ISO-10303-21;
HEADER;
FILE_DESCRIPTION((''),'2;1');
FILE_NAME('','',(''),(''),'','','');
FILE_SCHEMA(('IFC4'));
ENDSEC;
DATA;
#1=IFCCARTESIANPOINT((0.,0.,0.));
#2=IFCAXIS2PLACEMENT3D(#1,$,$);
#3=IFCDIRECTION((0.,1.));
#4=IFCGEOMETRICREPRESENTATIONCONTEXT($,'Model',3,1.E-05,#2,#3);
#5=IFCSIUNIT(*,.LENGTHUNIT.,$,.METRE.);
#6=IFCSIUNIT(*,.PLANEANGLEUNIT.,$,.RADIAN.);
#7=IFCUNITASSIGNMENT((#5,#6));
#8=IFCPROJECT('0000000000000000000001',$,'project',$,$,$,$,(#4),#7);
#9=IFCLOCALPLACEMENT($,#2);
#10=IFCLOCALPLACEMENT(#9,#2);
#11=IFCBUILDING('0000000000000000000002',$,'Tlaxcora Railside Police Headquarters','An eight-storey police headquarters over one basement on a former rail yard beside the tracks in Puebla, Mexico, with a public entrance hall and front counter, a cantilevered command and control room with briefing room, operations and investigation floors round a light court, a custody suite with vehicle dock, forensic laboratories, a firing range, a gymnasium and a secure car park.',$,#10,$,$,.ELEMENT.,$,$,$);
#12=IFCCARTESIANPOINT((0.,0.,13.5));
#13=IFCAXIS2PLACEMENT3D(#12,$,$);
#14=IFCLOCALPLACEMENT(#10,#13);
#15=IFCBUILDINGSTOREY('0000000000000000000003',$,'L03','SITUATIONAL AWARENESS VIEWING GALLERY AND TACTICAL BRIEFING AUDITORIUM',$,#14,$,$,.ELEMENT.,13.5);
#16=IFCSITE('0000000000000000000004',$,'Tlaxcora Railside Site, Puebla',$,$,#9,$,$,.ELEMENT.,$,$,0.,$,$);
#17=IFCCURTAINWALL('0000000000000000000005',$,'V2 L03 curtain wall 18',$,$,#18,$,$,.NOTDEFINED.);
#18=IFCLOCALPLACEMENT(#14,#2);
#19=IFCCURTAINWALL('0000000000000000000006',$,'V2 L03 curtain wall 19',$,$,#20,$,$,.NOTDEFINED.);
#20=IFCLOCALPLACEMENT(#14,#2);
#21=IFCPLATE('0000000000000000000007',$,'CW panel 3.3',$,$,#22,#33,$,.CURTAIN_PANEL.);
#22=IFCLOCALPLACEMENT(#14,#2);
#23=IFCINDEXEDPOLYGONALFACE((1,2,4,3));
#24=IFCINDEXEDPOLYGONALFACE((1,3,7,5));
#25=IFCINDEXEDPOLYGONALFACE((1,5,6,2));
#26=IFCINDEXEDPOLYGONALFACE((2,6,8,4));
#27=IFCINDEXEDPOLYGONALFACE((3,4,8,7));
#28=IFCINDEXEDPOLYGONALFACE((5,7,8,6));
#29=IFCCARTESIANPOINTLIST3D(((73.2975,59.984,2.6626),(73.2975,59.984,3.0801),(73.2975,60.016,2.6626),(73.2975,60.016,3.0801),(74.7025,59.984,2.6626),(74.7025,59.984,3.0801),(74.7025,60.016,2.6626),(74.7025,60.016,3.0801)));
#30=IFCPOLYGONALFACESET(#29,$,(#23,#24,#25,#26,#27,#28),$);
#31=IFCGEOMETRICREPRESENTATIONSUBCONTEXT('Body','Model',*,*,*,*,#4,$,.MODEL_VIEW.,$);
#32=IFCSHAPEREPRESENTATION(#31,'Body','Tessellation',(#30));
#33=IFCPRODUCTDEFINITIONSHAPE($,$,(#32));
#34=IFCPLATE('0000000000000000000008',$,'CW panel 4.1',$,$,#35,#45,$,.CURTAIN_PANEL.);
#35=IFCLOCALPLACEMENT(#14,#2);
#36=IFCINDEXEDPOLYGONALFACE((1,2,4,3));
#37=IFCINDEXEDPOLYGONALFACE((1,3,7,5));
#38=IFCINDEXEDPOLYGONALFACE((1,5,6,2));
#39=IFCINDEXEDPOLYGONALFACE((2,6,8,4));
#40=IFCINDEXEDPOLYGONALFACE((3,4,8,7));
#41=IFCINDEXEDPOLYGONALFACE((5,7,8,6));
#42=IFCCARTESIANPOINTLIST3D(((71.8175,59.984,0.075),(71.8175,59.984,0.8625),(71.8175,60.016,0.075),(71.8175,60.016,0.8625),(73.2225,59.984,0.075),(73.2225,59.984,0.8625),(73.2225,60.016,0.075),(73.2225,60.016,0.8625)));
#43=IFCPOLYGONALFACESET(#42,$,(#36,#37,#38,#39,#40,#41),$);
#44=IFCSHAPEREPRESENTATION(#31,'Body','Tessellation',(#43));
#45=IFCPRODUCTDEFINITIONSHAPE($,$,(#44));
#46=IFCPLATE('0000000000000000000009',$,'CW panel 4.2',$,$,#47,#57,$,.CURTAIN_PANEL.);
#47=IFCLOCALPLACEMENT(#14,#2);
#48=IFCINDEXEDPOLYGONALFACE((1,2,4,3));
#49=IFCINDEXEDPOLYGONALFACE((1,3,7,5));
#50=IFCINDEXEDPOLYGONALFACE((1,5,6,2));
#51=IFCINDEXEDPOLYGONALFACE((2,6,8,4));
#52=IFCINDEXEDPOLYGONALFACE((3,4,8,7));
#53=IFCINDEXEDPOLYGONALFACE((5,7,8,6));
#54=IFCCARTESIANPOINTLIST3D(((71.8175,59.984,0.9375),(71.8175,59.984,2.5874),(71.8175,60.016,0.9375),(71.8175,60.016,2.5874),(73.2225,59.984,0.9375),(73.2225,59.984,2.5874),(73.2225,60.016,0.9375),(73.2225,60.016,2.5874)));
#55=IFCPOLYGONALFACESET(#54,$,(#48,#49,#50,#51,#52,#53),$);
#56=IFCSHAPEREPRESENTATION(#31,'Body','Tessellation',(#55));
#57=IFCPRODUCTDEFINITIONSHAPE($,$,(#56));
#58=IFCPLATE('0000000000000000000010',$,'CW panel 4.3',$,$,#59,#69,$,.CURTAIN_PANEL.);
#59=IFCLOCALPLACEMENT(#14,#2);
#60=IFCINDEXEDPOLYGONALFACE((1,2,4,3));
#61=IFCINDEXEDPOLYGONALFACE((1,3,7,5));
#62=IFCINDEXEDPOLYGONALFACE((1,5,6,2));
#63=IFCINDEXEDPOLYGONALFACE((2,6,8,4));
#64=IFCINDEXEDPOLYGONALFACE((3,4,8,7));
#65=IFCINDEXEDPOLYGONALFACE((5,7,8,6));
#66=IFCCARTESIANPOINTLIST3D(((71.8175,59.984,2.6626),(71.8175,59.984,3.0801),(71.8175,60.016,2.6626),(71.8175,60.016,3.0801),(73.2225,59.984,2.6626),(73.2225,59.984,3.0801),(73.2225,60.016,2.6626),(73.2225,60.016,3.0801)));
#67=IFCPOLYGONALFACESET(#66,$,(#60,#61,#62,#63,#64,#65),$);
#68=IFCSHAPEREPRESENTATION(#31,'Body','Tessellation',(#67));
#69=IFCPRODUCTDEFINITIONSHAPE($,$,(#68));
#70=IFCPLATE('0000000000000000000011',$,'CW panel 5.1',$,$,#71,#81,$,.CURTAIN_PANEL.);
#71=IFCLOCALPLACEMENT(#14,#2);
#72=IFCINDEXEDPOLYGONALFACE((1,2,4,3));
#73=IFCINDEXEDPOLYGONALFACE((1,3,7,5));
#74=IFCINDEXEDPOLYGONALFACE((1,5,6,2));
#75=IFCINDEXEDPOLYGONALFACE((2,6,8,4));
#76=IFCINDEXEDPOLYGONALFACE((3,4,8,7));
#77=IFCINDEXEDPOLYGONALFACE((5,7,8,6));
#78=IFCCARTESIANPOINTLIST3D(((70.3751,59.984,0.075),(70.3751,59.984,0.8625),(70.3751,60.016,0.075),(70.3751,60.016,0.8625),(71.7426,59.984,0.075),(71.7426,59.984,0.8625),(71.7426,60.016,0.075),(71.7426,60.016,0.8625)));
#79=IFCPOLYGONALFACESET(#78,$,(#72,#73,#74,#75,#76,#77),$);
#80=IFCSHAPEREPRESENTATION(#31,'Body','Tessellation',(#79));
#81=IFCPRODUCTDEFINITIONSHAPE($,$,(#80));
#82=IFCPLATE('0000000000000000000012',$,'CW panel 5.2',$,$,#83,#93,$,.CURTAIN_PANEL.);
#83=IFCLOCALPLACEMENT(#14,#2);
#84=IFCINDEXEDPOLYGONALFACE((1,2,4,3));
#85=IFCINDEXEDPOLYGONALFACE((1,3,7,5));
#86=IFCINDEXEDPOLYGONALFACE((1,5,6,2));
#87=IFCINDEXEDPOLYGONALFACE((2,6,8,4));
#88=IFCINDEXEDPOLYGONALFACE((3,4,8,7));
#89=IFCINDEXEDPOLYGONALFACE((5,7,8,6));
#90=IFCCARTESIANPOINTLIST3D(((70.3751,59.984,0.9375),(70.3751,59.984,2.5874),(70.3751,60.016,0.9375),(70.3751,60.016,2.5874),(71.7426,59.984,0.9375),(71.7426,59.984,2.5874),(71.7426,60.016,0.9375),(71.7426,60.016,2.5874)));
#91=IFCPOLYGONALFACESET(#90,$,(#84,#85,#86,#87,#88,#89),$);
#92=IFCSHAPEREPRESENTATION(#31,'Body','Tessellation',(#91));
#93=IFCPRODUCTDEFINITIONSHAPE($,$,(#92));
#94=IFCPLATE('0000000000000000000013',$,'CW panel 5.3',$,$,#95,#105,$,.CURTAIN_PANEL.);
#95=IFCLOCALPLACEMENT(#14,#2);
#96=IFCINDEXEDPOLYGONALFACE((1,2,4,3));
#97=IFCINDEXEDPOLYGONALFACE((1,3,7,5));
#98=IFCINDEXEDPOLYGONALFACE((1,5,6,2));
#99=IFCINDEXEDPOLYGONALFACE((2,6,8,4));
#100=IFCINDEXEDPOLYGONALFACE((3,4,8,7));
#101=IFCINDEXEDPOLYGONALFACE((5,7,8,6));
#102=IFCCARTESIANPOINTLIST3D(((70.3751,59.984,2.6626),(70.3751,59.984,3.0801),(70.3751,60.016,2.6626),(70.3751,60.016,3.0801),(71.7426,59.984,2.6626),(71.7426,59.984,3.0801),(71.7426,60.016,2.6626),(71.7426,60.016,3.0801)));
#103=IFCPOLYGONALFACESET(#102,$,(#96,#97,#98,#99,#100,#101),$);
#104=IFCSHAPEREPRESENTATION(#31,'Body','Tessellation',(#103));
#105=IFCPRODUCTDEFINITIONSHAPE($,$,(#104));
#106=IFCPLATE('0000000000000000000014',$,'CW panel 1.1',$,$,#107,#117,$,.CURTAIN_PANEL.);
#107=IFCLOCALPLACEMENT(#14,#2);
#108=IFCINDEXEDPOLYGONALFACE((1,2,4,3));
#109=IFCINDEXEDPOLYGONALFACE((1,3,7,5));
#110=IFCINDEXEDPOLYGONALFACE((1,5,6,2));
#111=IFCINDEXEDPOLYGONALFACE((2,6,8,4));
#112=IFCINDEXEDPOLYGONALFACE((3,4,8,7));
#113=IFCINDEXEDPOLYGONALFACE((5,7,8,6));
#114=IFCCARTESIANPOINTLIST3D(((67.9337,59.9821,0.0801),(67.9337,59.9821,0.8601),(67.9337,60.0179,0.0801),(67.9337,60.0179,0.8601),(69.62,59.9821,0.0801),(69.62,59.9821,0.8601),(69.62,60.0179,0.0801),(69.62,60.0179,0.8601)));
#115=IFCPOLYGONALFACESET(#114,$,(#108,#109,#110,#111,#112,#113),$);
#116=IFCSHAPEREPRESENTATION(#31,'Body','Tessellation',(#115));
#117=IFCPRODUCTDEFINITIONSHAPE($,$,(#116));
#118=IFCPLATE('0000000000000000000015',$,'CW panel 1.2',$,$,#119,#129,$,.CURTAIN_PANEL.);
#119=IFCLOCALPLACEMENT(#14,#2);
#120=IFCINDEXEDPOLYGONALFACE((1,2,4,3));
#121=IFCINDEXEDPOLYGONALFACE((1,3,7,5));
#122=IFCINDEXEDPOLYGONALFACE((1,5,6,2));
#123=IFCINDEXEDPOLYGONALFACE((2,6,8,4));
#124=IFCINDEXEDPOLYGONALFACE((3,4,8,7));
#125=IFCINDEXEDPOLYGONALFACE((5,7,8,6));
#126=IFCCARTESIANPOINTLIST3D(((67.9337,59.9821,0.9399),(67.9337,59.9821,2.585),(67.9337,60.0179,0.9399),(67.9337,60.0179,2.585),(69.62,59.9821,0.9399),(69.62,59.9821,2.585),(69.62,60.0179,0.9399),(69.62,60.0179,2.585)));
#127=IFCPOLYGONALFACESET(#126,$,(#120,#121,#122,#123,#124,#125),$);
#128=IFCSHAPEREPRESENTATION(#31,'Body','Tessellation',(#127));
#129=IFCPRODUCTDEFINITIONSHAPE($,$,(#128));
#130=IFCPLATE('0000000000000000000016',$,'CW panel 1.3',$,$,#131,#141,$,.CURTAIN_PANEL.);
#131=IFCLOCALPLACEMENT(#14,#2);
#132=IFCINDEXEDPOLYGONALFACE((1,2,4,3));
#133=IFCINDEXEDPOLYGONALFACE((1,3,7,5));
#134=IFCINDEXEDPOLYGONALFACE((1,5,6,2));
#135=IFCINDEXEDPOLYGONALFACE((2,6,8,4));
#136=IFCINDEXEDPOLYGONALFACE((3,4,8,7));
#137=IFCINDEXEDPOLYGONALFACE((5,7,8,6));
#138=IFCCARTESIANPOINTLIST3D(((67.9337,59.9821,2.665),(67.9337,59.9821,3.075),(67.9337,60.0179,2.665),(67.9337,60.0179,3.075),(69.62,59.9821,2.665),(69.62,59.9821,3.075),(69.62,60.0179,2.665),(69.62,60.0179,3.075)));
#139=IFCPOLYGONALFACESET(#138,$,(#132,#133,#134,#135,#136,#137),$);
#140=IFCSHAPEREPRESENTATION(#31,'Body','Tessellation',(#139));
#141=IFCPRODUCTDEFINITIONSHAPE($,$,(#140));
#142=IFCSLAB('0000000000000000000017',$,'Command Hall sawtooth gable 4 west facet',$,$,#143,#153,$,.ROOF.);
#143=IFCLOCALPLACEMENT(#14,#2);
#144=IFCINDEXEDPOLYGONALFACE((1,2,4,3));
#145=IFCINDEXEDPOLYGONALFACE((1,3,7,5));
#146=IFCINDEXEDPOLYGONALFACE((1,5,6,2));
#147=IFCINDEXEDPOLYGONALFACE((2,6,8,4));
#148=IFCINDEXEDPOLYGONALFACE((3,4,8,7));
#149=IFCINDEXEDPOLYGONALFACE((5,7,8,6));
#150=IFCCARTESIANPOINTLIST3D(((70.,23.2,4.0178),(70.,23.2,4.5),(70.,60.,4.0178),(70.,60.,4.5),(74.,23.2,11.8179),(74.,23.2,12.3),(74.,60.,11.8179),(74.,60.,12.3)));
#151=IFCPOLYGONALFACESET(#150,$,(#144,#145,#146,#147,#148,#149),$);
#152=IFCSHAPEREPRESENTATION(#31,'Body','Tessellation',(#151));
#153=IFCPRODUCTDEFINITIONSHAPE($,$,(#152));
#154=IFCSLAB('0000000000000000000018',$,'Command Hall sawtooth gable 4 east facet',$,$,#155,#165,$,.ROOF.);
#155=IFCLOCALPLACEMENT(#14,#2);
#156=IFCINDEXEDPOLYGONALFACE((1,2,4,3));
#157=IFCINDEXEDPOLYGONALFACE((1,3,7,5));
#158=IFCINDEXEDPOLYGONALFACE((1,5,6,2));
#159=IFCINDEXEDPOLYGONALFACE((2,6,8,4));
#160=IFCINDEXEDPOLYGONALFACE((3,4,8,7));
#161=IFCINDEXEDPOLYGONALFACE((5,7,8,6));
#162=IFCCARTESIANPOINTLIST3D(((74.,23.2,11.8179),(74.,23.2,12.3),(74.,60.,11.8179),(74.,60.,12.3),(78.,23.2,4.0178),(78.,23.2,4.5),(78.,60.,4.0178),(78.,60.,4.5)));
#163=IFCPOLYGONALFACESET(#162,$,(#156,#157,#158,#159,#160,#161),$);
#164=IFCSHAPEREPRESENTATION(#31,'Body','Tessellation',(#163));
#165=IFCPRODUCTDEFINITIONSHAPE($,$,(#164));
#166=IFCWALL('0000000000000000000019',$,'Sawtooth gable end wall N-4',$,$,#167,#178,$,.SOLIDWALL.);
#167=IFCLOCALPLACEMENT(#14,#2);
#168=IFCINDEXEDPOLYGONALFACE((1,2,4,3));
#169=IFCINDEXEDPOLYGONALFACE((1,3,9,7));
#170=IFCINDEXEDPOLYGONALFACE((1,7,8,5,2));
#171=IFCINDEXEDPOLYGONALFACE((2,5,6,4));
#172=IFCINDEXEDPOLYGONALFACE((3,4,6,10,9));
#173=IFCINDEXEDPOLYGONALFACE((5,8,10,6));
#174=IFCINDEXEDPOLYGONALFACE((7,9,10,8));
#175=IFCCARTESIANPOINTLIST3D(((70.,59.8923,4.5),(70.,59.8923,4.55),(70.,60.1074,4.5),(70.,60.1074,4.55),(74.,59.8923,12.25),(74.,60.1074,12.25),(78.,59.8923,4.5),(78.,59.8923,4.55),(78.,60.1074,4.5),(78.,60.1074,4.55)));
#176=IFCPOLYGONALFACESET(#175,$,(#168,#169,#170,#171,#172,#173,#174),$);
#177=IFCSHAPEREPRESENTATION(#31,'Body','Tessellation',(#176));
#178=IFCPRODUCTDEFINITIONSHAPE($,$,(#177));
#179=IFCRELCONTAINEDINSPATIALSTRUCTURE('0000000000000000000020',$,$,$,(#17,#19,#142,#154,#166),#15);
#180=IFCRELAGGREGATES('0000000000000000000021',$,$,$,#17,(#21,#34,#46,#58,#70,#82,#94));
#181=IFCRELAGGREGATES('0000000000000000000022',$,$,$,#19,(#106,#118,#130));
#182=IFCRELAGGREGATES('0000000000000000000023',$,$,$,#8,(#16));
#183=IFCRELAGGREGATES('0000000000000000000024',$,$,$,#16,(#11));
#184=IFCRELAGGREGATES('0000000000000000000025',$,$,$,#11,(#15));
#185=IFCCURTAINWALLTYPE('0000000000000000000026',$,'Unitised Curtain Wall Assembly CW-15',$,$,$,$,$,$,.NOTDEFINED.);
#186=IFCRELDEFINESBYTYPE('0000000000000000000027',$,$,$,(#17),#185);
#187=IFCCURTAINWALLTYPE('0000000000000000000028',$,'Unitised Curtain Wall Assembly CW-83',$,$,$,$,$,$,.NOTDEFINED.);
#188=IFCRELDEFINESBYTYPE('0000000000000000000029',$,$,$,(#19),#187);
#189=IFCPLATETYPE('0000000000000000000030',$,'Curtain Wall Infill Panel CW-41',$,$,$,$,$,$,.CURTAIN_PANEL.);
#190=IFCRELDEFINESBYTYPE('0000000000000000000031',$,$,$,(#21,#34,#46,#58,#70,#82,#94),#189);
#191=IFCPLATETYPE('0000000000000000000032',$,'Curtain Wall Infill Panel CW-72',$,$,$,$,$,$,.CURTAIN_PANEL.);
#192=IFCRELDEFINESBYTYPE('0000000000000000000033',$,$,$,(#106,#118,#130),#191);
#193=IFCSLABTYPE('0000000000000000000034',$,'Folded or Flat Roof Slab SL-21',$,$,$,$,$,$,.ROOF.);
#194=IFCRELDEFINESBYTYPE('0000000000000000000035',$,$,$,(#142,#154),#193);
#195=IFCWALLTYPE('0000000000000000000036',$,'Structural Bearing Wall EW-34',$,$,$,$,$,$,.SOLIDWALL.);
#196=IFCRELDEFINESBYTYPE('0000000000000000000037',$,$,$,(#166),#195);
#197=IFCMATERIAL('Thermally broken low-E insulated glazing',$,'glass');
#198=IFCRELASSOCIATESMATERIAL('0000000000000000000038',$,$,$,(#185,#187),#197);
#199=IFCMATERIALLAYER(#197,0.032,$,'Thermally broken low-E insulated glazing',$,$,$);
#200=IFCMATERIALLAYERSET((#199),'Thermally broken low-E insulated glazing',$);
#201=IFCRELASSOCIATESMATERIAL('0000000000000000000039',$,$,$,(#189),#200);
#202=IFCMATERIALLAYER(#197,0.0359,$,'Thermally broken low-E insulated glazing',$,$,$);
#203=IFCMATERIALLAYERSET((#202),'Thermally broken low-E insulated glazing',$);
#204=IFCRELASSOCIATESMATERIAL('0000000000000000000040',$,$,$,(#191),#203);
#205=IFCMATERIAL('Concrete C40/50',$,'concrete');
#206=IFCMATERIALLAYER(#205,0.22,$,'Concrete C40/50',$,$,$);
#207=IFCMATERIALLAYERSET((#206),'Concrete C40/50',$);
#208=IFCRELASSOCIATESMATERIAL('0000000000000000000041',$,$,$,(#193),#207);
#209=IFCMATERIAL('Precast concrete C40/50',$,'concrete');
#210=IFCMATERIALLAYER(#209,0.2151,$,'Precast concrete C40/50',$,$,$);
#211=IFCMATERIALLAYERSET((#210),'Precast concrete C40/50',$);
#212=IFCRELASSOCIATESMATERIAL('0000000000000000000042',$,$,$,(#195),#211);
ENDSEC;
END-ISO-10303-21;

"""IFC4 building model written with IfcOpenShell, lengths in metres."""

from ifc_helpers import new_model, si_unit, direction, frame, origin, origin_2d, place, context, subcontext, project, spatial, polyline, rectangle, outline, extrude, material, layer, layer_set, type_object, element, aggregate, save


model = new_model("IFC4")

# Units and contexts
model_context = context("Model", 3, precision=1e-05, world=origin(), true_north=direction((0.0, 1.0)))
body_context = subcontext(model_context, "Body", "Model", "MODEL_VIEW")
ifc_project = project(units=[si_unit("LENGTHUNIT", "METRE"), si_unit("PLANEANGLEUNIT", "RADIAN")], contexts=[model_context])

# Site, building, storey
site_placement = place(None, origin())
site = spatial("IfcSite", under=ifc_project, at=site_placement, Name="Tlaxcora Railside Site, Puebla", CompositionType="ELEMENT", RefElevation=0.0)
building_placement = place(site_placement, origin())
building = spatial("IfcBuilding", under=site, at=building_placement, Name="Tlaxcora Railside Police Headquarters", Description="An eight-storey police headquarters over one basement on a former rail yard beside the tracks in Puebla, Mexico, with a public entrance hall and front counter, a cantilevered command and control room with briefing room, operations and investigation floors round a light court, a custody suite with vehicle dock, forensic laboratories, a firing range, a gymnasium and a secure car park.", CompositionType="ELEMENT")
storey_placement = place(building_placement, frame((0.0, 0.0, 13.5)))
storey = spatial("IfcBuildingStorey", under=building, at=storey_placement, Name="L03", Description="SITUATIONAL AWARENESS VIEWING GALLERY AND TACTICAL BRIEFING AUDITORIUM", CompositionType="ELEMENT", Elevation=13.5)

# Shared definitions
ifc_material_1 = material(Name="Concrete C40/50", Category="concrete")

# Curtain wall
ifc_material_2 = material(Name="Thermally broken low-E insulated glazing", Category="glass")
curtain_wall_type_1 = type_object("IfcCurtainWallType", Name="Unitised Curtain Wall Assembly CW-15", PredefinedType="NOTDEFINED", material=ifc_material_2)
curtain_wall_1_placement = place(storey_placement, origin())
curtain_wall_1 = element("IfcCurtainWall", 1, at=curtain_wall_1_placement, inside=storey, type_object=curtain_wall_type_1, Name="V2 L03 curtain wall 18", PredefinedType="NOTDEFINED")

# Curtain wall
curtain_wall_type_2 = type_object("IfcCurtainWallType", Name="Unitised Curtain Wall Assembly CW-83", PredefinedType="NOTDEFINED", material=ifc_material_2)
curtain_wall_2_placement = place(storey_placement, origin())
curtain_wall_2 = element("IfcCurtainWall", 2, at=curtain_wall_2_placement, inside=storey, type_object=curtain_wall_type_2, Name="V2 L03 curtain wall 19", PredefinedType="NOTDEFINED")

# Plates
ifc_layer_1 = layer(ifc_material_2, 0.032, Name="Thermally broken low-E insulated glazing")
ifc_layer_set_1 = layer_set([ifc_layer_1], Name="Thermally broken low-E insulated glazing")
plate_type_1 = type_object("IfcPlateType", Name="Curtain Wall Infill Panel CW-41", PredefinedType="CURTAIN_PANEL", material=ifc_layer_set_1)
plate_1_placement = place(storey_placement, frame((74.0, 60.0, 2.6626), z_axis=(0.0, 0.0, 1.0), x_axis=(-1.0, 0.0, 0.0)))
plate_1 = element("IfcPlate", 3, at=plate_1_placement, type_object=plate_type_1, Name="CW panel 3.3", PredefinedType="CURTAIN_PANEL", context=body_context, shape_type="SweptSolid", body=[
    extrude(rectangle(XDim=1.405, YDim=0.032, at=origin_2d()), origin(), (0.0, 0.0, 1.0), 0.4175),
])
plate_2_placement = place(storey_placement, frame((72.52, 60.0, 0.075), z_axis=(0.0, 0.0, 1.0), x_axis=(-1.0, 0.0, 0.0)))
plate_2 = element("IfcPlate", 4, at=plate_2_placement, type_object=plate_type_1, Name="CW panel 4.1", PredefinedType="CURTAIN_PANEL", context=body_context, shape_type="SweptSolid", body=[
    extrude(rectangle(XDim=1.405, YDim=0.032, at=origin_2d()), origin(), (0.0, 0.0, 1.0), 0.7876),
])
plate_3_placement = place(storey_placement, frame((72.52, 60.0, 0.9375), z_axis=(0.0, 0.0, 1.0), x_axis=(-1.0, 0.0, 0.0)))
plate_3 = element("IfcPlate", 5, at=plate_3_placement, type_object=plate_type_1, Name="CW panel 4.2", PredefinedType="CURTAIN_PANEL", context=body_context, shape_type="SweptSolid", body=[
    extrude(rectangle(XDim=1.405, YDim=0.032, at=origin_2d()), origin(), (0.0, 0.0, 1.0), 1.6499),
])
plate_4_placement = place(storey_placement, frame((72.52, 60.0, 2.6626), z_axis=(0.0, 0.0, 1.0), x_axis=(-1.0, 0.0, 0.0)))
plate_4 = element("IfcPlate", 6, at=plate_4_placement, type_object=plate_type_1, Name="CW panel 4.3", PredefinedType="CURTAIN_PANEL", context=body_context, shape_type="SweptSolid", body=[
    extrude(rectangle(XDim=1.405, YDim=0.032, at=origin_2d()), origin(), (0.0, 0.0, 1.0), 0.4175),
])
plate_5_placement = place(storey_placement, frame((71.0588, 60.0, 0.075), z_axis=(0.0, 0.0, 1.0), x_axis=(-1.0, 0.0, 0.0)))
plate_5 = element("IfcPlate", 7, at=plate_5_placement, type_object=plate_type_1, Name="CW panel 5.1", PredefinedType="CURTAIN_PANEL", context=body_context, shape_type="SweptSolid", body=[
    extrude(rectangle(XDim=1.3674, YDim=0.032, at=origin_2d()), origin(), (0.0, 0.0, 1.0), 0.7876),
])
plate_6_placement = place(storey_placement, frame((71.0588, 60.0, 0.9375), z_axis=(0.0, 0.0, 1.0), x_axis=(-1.0, 0.0, 0.0)))
plate_6 = element("IfcPlate", 8, at=plate_6_placement, type_object=plate_type_1, Name="CW panel 5.2", PredefinedType="CURTAIN_PANEL", context=body_context, shape_type="SweptSolid", body=[
    extrude(rectangle(XDim=1.3674, YDim=0.032, at=origin_2d()), origin(), (0.0, 0.0, 1.0), 1.6499),
])
plate_7_placement = place(storey_placement, frame((71.0588, 60.0, 2.6626), z_axis=(0.0, 0.0, 1.0), x_axis=(-1.0, 0.0, 0.0)))
plate_7 = element("IfcPlate", 9, at=plate_7_placement, type_object=plate_type_1, Name="CW panel 5.3", PredefinedType="CURTAIN_PANEL", context=body_context, shape_type="SweptSolid", body=[
    extrude(rectangle(XDim=1.3674, YDim=0.032, at=origin_2d()), origin(), (0.0, 0.0, 1.0), 0.4175),
])
aggregate(curtain_wall_1, [plate_1, plate_2, plate_3, plate_4, plate_5, plate_6, plate_7])
ifc_layer_2 = layer(ifc_material_2, 0.0359, Name="Thermally broken low-E insulated glazing")
ifc_layer_set_2 = layer_set([ifc_layer_2], Name="Thermally broken low-E insulated glazing")
plate_type_2 = type_object("IfcPlateType", Name="Curtain Wall Infill Panel CW-72", PredefinedType="CURTAIN_PANEL", material=ifc_layer_set_2)
plate_8_placement = place(storey_placement, frame((68.7769, 60.0, 0.0801), z_axis=(0.0, 0.0, 1.0), x_axis=(-1.0, 0.0, 0.0)))
plate_8 = element("IfcPlate", 10, at=plate_8_placement, type_object=plate_type_2, Name="CW panel 1.1", PredefinedType="CURTAIN_PANEL", context=body_context, shape_type="SweptSolid", body=[
    extrude(rectangle(XDim=1.6863, YDim=0.0359, at=origin_2d()), origin(), (0.0, 0.0, 1.0), 0.78),
])
plate_9_placement = place(storey_placement, frame((68.7769, 60.0, 0.9399), z_axis=(0.0, 0.0, 1.0), x_axis=(-1.0, 0.0, 0.0)))
plate_9 = element("IfcPlate", 11, at=plate_9_placement, type_object=plate_type_2, Name="CW panel 1.2", PredefinedType="CURTAIN_PANEL", context=body_context, shape_type="SweptSolid", body=[
    extrude(rectangle(XDim=1.6863, YDim=0.0359, at=origin_2d()), origin(), (0.0, 0.0, 1.0), 1.645),
])
plate_10_placement = place(storey_placement, frame((68.7769, 60.0, 2.665), z_axis=(0.0, 0.0, 1.0), x_axis=(-1.0, 0.0, 0.0)))
plate_10 = element("IfcPlate", 12, at=plate_10_placement, type_object=plate_type_2, Name="CW panel 1.3", PredefinedType="CURTAIN_PANEL", context=body_context, shape_type="SweptSolid", body=[
    extrude(rectangle(XDim=1.6863, YDim=0.0359, at=origin_2d()), origin(), (0.0, 0.0, 1.0), 0.4099),
])
aggregate(curtain_wall_2, [plate_8, plate_9, plate_10])

# Slabs
ifc_layer_3 = layer(ifc_material_1, 0.22, Name="Concrete C40/50")
ifc_layer_set_3 = layer_set([ifc_layer_3], Name="Concrete C40/50")
slab_type = type_object("IfcSlabType", Name="Folded or Flat Roof Slab SL-21", PredefinedType="ROOF", material=ifc_layer_set_3)
slab_1_placement = place(storey_placement, frame((70.0, 60.0, 0.0), z_axis=(0.0, -1.0, 0.0), x_axis=(1.0, 0.0, 0.0)))
element("IfcSlab", 13, at=slab_1_placement, inside=storey, type_object=slab_type, Name="Command Hall sawtooth gable 4 west facet", PredefinedType="ROOF", context=body_context, shape_type="SweptSolid", body=[
    extrude(outline(polyline([(0.0, 4.0178), (4.0, 11.8179), (4.0, 12.3), (0.0, 4.5), (0.0, 4.0178)])), origin(), (0.0, 0.0, 1.0), 36.8),
])
slab_2_placement = place(storey_placement, frame((74.0, 60.0, 0.0), z_axis=(0.0, -1.0, 0.0), x_axis=(1.0, 0.0, 0.0)))
element("IfcSlab", 14, at=slab_2_placement, inside=storey, type_object=slab_type, Name="Command Hall sawtooth gable 4 east facet", PredefinedType="ROOF", context=body_context, shape_type="SweptSolid", body=[
    extrude(outline(polyline([(0.0, 11.8179), (4.0, 4.0178), (4.0, 4.5), (0.0, 12.3), (0.0, 11.8179)])), origin(), (0.0, 0.0, 1.0), 36.8),
])

# Wall
ifc_material_3 = material(Name="Precast concrete C40/50", Category="concrete")
ifc_layer_4 = layer(ifc_material_3, 0.2151, Name="Precast concrete C40/50")
ifc_layer_set_4 = layer_set([ifc_layer_4], Name="Precast concrete C40/50")
wall_type = type_object("IfcWallType", Name="Structural Bearing Wall EW-34", PredefinedType="SOLIDWALL", material=ifc_layer_set_4)
wall_placement = place(storey_placement, frame((70.0, 60.0, 4.5), z_axis=(0.0, 0.0, 1.0), x_axis=(1.0, 0.0, 0.0)))
element("IfcWall", 15, at=wall_placement, inside=storey, type_object=wall_type, Name="Sawtooth gable end wall N-4", PredefinedType="SOLIDWALL", context=body_context, shape_type="SweptSolid", body=[
    extrude(outline(polyline([(0.0, 0.0), (8.0, 0.0), (8.0, 0.05), (4.0, 7.75), (0.0, 0.05), (0.0, 0.0)])), frame((0.0, 0.1074, 0.0), z_axis=(0.0, -1.0, 0.0), x_axis=(1.0, 0.0, 0.0)), (0.0, 0.0, 1.0), 0.2151),
])

save(model, "model.ifc")
